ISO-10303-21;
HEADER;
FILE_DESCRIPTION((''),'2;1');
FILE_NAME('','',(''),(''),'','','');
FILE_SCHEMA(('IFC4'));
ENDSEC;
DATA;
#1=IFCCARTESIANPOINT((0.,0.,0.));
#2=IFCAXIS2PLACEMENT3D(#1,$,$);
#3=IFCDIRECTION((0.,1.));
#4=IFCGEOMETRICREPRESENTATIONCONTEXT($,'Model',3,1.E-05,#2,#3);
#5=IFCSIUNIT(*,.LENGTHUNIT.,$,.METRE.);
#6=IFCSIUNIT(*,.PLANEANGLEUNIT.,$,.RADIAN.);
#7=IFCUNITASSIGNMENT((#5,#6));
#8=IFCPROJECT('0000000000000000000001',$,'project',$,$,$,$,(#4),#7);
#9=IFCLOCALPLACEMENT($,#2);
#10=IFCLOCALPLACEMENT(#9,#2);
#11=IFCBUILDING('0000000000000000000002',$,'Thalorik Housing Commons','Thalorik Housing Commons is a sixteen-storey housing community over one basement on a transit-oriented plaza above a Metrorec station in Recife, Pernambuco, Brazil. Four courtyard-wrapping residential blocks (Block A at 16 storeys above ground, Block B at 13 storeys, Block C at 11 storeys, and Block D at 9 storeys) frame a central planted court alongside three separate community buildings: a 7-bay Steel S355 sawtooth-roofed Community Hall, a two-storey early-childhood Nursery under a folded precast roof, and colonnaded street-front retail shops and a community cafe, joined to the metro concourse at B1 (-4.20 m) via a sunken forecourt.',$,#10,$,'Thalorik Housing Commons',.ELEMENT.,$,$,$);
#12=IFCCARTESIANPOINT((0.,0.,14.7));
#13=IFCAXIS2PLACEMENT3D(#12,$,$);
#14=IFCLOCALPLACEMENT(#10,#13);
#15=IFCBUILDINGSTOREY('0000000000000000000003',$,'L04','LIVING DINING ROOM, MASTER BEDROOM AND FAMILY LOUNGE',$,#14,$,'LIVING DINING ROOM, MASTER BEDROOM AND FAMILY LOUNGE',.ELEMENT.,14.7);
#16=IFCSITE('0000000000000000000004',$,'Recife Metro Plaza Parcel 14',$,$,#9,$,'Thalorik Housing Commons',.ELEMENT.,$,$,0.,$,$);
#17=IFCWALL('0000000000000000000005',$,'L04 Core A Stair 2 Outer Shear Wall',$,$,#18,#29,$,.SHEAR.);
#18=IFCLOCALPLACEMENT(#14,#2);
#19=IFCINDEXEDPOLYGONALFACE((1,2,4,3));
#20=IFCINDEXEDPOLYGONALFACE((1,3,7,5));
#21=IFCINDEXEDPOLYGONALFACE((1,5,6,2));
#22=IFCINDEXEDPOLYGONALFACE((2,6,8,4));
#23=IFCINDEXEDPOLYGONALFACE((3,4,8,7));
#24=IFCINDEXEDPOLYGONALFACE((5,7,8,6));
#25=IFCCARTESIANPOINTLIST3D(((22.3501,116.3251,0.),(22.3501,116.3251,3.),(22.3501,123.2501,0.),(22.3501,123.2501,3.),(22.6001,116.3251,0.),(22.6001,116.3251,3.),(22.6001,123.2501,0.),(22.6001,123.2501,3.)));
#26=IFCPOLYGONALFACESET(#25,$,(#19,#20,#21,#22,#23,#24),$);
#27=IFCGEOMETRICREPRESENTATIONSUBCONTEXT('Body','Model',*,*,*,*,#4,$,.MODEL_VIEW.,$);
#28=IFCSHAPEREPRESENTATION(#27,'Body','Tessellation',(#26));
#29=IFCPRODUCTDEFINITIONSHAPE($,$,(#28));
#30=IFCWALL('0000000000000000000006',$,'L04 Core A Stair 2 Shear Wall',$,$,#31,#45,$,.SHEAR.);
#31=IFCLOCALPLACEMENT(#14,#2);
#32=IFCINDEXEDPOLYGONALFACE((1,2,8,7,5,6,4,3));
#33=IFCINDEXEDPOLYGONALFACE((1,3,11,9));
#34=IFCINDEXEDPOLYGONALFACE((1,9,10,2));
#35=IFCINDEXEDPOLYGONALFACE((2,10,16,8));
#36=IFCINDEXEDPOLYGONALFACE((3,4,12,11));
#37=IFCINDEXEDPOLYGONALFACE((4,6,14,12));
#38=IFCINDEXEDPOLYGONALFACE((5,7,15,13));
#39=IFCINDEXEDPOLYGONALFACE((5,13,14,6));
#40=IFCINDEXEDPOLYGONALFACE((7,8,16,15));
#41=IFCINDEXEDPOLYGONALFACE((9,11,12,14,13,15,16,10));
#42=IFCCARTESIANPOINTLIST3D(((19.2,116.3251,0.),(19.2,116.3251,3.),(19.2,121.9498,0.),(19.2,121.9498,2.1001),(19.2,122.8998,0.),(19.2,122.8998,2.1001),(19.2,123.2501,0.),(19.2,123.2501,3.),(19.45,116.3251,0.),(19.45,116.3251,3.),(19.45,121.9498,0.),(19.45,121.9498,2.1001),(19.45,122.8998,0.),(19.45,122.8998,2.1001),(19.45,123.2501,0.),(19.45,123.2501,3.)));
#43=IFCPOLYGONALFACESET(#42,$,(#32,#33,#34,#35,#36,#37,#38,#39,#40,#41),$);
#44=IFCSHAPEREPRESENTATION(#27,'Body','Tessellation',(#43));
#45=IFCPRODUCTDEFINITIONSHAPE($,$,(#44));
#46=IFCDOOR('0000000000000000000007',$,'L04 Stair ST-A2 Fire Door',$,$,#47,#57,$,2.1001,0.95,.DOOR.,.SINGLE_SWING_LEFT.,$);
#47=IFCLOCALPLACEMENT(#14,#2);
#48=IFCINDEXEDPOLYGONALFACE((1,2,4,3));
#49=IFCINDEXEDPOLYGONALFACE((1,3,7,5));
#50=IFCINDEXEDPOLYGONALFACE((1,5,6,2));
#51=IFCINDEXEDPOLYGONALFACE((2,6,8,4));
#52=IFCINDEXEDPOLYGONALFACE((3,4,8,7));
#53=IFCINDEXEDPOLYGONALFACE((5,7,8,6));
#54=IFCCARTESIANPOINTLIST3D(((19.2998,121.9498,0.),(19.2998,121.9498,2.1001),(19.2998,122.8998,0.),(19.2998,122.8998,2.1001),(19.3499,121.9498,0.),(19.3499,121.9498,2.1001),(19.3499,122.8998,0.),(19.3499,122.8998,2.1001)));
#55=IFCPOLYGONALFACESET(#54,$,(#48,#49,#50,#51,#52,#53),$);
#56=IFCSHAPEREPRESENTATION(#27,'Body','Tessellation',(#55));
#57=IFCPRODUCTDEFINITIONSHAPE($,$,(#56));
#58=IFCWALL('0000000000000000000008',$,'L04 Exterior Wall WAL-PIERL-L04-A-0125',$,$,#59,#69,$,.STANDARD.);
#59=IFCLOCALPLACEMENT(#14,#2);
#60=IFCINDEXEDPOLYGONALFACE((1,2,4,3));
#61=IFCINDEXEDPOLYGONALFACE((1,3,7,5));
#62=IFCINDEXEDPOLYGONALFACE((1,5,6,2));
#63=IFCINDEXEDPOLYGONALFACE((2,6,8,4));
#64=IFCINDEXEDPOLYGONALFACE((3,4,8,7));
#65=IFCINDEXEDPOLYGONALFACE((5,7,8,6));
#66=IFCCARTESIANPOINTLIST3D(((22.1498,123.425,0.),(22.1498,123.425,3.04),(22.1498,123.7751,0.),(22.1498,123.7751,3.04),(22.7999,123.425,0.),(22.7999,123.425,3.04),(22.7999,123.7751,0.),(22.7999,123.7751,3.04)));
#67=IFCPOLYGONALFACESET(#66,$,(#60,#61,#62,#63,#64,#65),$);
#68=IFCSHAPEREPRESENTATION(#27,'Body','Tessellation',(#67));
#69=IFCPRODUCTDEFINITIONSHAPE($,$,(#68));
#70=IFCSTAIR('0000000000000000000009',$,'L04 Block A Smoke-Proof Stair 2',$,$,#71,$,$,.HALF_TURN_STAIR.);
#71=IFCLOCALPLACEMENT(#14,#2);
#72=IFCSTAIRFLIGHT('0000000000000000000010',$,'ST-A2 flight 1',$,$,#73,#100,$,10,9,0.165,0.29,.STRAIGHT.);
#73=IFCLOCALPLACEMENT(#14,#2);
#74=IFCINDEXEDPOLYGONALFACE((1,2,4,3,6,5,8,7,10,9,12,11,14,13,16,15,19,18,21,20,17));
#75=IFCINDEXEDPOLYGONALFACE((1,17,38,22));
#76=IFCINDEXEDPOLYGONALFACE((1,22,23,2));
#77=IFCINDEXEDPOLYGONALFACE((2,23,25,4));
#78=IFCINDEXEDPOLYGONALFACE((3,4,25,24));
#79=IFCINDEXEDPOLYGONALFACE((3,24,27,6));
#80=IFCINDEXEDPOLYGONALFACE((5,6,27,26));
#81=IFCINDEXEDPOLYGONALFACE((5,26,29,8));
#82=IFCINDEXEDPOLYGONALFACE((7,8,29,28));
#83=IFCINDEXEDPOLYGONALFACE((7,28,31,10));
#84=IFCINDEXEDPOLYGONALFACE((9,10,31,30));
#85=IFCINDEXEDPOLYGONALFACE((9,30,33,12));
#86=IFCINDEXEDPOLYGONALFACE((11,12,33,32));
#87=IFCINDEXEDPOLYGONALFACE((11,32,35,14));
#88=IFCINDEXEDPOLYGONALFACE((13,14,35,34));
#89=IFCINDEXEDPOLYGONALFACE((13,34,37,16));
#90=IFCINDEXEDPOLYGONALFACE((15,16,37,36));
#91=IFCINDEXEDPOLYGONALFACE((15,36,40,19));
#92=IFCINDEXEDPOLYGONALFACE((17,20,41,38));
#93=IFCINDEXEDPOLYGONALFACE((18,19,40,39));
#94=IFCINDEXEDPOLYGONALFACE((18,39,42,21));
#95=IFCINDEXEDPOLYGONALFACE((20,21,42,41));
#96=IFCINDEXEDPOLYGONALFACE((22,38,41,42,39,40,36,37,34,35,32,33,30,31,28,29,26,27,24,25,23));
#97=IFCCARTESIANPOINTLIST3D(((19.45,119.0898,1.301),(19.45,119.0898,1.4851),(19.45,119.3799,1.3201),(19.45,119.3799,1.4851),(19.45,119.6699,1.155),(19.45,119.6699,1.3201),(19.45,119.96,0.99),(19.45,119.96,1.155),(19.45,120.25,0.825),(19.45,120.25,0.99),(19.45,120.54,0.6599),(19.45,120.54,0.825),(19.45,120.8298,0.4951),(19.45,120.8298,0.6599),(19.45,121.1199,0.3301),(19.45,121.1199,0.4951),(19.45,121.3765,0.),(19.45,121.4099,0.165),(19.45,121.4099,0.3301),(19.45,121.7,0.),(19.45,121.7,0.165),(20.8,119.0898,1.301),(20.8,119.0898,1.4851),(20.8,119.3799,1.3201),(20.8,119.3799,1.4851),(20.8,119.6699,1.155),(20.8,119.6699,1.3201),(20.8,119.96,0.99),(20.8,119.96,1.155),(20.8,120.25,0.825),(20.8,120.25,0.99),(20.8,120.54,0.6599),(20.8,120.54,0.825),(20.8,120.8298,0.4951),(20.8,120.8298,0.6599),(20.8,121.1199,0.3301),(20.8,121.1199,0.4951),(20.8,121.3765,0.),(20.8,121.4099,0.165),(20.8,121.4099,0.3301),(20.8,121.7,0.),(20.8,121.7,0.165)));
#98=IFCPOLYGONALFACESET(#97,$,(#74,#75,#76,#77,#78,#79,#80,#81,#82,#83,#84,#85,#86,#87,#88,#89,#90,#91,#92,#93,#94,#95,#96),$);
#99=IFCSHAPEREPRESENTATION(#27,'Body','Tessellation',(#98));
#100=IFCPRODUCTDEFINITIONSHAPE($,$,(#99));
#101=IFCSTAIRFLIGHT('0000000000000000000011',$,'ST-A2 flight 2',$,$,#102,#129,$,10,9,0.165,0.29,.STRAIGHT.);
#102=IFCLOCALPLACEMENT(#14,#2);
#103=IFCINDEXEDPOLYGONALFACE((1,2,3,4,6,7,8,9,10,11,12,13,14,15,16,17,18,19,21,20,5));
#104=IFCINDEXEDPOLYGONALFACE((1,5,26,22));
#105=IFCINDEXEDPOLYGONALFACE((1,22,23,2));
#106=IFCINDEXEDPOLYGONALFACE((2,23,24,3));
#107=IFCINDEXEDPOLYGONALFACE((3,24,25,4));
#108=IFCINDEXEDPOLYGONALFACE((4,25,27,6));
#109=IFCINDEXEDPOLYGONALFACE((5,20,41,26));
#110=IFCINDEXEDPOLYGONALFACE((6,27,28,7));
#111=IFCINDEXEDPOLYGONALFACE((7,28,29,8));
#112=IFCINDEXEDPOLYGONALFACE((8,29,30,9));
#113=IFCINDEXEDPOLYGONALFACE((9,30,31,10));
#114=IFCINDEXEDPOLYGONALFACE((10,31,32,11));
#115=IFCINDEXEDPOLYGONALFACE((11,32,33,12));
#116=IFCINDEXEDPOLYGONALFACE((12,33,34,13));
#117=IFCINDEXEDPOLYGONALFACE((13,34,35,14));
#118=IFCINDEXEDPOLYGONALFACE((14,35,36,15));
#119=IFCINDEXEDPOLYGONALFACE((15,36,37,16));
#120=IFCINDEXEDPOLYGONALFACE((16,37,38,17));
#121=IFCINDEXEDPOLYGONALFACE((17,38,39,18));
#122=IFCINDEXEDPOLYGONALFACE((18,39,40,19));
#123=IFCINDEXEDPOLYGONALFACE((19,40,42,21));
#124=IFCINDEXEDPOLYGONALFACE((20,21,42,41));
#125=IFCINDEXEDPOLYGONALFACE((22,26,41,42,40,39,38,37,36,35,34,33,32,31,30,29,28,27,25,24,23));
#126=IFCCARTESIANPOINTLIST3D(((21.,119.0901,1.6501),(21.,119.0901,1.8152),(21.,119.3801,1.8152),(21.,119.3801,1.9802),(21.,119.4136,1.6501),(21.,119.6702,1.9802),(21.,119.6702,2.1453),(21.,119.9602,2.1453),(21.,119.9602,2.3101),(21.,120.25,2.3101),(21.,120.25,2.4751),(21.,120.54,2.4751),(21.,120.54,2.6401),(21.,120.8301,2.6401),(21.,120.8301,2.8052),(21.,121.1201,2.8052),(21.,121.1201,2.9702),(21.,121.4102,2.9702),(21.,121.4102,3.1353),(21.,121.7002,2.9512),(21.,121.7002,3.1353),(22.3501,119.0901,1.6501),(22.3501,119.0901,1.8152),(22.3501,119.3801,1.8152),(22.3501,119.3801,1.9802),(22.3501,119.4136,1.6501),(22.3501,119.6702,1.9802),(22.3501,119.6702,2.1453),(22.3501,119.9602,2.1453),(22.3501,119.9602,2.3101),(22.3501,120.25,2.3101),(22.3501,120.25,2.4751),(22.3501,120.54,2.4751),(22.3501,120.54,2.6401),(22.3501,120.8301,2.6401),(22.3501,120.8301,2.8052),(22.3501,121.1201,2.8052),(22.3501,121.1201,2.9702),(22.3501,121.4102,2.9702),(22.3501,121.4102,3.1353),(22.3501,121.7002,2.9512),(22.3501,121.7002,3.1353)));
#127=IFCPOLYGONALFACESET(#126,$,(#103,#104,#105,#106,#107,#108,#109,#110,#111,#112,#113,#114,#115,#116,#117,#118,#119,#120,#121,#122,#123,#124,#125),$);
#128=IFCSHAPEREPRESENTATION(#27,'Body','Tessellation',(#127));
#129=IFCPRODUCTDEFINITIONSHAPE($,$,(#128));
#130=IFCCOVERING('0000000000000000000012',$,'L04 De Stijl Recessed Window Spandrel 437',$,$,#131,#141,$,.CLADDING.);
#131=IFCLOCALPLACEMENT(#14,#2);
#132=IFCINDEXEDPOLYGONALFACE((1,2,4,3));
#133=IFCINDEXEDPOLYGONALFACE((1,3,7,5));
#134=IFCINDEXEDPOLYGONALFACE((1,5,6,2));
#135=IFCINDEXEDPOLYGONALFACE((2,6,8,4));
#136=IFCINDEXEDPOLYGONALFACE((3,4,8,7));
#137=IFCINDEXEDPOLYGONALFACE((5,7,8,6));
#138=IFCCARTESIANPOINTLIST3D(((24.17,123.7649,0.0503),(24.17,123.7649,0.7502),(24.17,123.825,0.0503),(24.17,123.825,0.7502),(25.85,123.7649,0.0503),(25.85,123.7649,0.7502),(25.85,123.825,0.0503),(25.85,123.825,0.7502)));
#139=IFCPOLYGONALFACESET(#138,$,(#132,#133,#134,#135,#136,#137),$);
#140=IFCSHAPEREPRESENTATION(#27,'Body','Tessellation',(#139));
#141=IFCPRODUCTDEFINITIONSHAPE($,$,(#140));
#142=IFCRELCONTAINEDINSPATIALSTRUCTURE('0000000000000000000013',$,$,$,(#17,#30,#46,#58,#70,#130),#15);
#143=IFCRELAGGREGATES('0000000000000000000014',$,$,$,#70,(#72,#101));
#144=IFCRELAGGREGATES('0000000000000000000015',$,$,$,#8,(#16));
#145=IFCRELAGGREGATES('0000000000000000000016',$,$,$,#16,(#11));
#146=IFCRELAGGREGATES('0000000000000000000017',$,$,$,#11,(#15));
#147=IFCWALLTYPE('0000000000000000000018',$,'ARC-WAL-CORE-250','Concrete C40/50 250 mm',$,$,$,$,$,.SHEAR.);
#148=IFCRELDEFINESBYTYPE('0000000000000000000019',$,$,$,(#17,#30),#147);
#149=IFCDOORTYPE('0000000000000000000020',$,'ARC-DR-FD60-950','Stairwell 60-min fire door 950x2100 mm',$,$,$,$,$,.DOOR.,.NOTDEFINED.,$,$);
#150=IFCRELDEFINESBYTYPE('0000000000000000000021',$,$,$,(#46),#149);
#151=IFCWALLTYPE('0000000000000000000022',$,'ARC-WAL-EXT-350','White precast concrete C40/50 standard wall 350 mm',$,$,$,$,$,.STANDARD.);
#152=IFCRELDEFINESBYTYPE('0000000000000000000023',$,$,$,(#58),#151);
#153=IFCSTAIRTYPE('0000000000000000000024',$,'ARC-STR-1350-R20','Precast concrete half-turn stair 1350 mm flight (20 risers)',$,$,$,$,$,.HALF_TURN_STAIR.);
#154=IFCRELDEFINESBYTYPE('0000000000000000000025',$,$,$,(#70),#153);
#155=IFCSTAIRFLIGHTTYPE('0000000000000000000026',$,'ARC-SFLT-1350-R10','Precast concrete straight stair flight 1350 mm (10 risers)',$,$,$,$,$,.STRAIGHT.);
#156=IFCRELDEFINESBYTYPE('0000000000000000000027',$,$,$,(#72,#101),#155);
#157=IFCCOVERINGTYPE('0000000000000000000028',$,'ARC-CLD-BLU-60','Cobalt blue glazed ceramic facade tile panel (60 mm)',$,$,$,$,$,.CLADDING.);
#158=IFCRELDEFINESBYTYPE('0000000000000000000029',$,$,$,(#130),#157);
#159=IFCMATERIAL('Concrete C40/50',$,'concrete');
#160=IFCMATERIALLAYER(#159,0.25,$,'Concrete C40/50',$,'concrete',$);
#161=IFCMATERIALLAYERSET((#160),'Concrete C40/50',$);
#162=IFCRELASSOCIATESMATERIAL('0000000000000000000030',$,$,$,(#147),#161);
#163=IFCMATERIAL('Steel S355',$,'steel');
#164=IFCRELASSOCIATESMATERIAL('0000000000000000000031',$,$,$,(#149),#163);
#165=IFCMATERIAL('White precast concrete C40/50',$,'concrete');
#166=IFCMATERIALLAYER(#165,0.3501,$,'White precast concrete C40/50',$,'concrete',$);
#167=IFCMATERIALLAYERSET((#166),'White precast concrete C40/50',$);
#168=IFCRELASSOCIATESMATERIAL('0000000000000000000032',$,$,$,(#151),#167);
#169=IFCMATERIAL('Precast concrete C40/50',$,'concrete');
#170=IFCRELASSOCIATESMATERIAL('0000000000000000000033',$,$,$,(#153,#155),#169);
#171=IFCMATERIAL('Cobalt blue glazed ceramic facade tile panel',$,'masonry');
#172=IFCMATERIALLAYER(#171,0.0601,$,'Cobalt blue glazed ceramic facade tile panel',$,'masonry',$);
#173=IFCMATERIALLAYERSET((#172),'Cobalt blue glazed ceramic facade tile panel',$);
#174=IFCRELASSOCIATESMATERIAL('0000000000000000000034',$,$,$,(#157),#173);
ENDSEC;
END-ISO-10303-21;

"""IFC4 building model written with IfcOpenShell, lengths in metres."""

from ifc_helpers import new_model, si_unit, direction, frame, frame_2d, origin, origin_2d, place, context, subcontext, project, spatial, polyline, rectangle, outline, extrude, material, layer, layer_set, type_object, element, fill, aggregate, save


model = new_model("IFC4")

# Units and contexts
model_context = context("Model", 3, precision=1e-05, world=origin(), true_north=direction((0.0, 1.0)))
body_context = subcontext(model_context, "Body", "Model", "MODEL_VIEW")
ifc_project = project(units=[si_unit("LENGTHUNIT", "METRE"), si_unit("PLANEANGLEUNIT", "RADIAN")], contexts=[model_context])

# Site, building, storey
site_placement = place(None, origin())
site = spatial("IfcSite", under=ifc_project, at=site_placement, Name="Recife Metro Plaza Parcel 14", LongName="Thalorik Housing Commons", CompositionType="ELEMENT", RefElevation=0.0)
building_placement = place(site_placement, origin())
building = spatial("IfcBuilding", under=site, at=building_placement, Name="Thalorik Housing Commons", Description="Thalorik Housing Commons is a sixteen-storey housing community over one basement on a transit-oriented plaza above a Metrorec station in Recife, Pernambuco, Brazil. Four courtyard-wrapping residential blocks (Block A at 16 storeys above ground, Block B at 13 storeys, Block C at 11 storeys, and Block D at 9 storeys) frame a central planted court alongside three separate community buildings: a 7-bay Steel S355 sawtooth-roofed Community Hall, a two-storey early-childhood Nursery under a folded precast roof, and colonnaded street-front retail shops and a community cafe, joined to the metro concourse at B1 (-4.20 m) via a sunken forecourt.", LongName="Thalorik Housing Commons", CompositionType="ELEMENT")
storey_placement = place(building_placement, frame((0.0, 0.0, 14.7)))
storey = spatial("IfcBuildingStorey", under=building, at=storey_placement, Name="L04", Description="LIVING DINING ROOM, MASTER BEDROOM AND FAMILY LOUNGE", LongName="LIVING DINING ROOM, MASTER BEDROOM AND FAMILY LOUNGE", CompositionType="ELEMENT", Elevation=14.7)

# Shared definitions
ifc_material_1 = material(Name="Precast concrete C40/50", Category="concrete")

# Wall
ifc_material_2 = material(Name="Concrete C40/50", Category="concrete")
ifc_layer_1 = layer(ifc_material_2, 0.25, Name="Concrete C40/50", Category="concrete")
ifc_layer_set_1 = layer_set([ifc_layer_1], Name="Concrete C40/50")
wall_type_1 = type_object("IfcWallType", Name="ARC-WAL-CORE-250", Description="Concrete C40/50 250 mm", PredefinedType="SHEAR", material=ifc_layer_set_1)
wall_1_placement = place(storey_placement, frame((22.4751, 123.25, 0.0), z_axis=(0.0, 0.0, 1.0), x_axis=(0.0, -1.0, 0.0)))
element("IfcWall", 1, at=wall_1_placement, inside=storey, type_object=wall_type_1, Name="L04 Core A Stair 2 Outer Shear Wall", PredefinedType="SHEAR", context=body_context, shape_type="SweptSolid", body=[
    extrude(rectangle(XDim=6.925, YDim=0.25, at=frame_2d((3.4624, 0.0))), origin(), (0.0, 0.0, 1.0), 3.0),
])

# Wall, opening, door
wall_2_placement = place(storey_placement, frame((19.325, 123.25, 0.0), z_axis=(0.0, 0.0, 1.0), x_axis=(0.0, -1.0, 0.0)))
wall_2 = element("IfcWall", 2, at=wall_2_placement, inside=storey, type_object=wall_type_1, Name="L04 Core A Stair 2 Shear Wall", PredefinedType="SHEAR", context=body_context, shape_type="SweptSolid", body=[
    extrude(rectangle(XDim=6.925, YDim=0.25, at=frame_2d((3.4624, 0.0))), origin(), (0.0, 0.0, 1.0), 3.0),
])
opening_1_placement = place(wall_2_placement, frame((0.3501, 0.0, 0.0)))
opening_1 = element("IfcOpeningElement", 3, at=opening_1_placement, cuts=wall_2, PredefinedType="OPENING", context=body_context, shape_type="SweptSolid", body=[
    extrude(rectangle(XDim=0.95, YDim=2.1001, at=frame_2d((0.4751, 1.05))), frame((0.0, 0.135, 0.0), z_axis=(0.0, -1.0, 0.0), x_axis=(1.0, 0.0, 0.0)), (0.0, 0.0, 1.0), 0.27),
])
ifc_material_3 = material(Name="Steel S355", Category="steel")
door_type_1 = type_object("IfcDoorType", Name="ARC-DR-FD60-950", Description="Stairwell 60-min fire door 950x2100 mm", OperationType="NOTDEFINED", PredefinedType="DOOR", material=ifc_material_3)
door_1_placement = place(opening_1_placement, origin())
door_1 = element("IfcDoor", 4, at=door_1_placement, inside=storey, type_object=door_type_1, Name="L04 Stair ST-A2 Fire Door", OperationType="SINGLE_SWING_LEFT", OverallHeight=2.1001, OverallWidth=0.95, PredefinedType="DOOR", context=body_context, shape_type="SweptSolid", body=[
    extrude(rectangle(XDim=0.95, YDim=2.1001, at=frame_2d((0.4751, 1.05))), frame((0.0, 0.0249, 0.0), z_axis=(0.0, -1.0, 0.0), x_axis=(1.0, 0.0, 0.0)), (0.0, 0.0, 1.0), 0.05),
])
fill(opening_1, door_1)

# Shared definitions
ifc_material_4 = material(Name="White precast concrete C40/50", Category="concrete")
ifc_layer_2 = layer(ifc_material_4, 0.3501, Name="White precast concrete C40/50", Category="concrete")
ifc_layer_set_2 = layer_set([ifc_layer_2], Name="White precast concrete C40/50")
wall_type_2 = type_object("IfcWallType", Name="ARC-WAL-EXT-350", Description="White precast concrete C40/50 standard wall 350 mm", PredefinedType="STANDARD", material=ifc_layer_set_2)

# Wall
wall_3_placement = place(storey_placement, frame((22.8, 123.6001, 0.0), z_axis=(0.0, 0.0, 1.0), x_axis=(-1.0, 0.0, 0.0)))
element("IfcWall", 5, at=wall_3_placement, inside=storey, type_object=wall_type_2, Name="L04 Exterior Wall WAL-PIERL-L04-A-0125", PredefinedType="STANDARD", context=body_context, shape_type="SweptSolid", body=[
    extrude(rectangle(XDim=0.6501, YDim=0.3501, at=frame_2d((0.3252, 0.0))), origin(), (0.0, 0.0, 1.0), 3.04),
])

# Stair, stair flights
stair_type = type_object("IfcStairType", Name="ARC-STR-1350-R20", Description="Precast concrete half-turn stair 1350 mm flight (20 risers)", PredefinedType="HALF_TURN_STAIR", material=ifc_material_1)
stair_placement = place(storey_placement, origin())
stair = element("IfcStair", 6, at=stair_placement, inside=storey, type_object=stair_type, Name="L04 Block A Smoke-Proof Stair 2", PredefinedType="HALF_TURN_STAIR")
stair_flight_type = type_object("IfcStairFlightType", Name="ARC-SFLT-1350-R10", Description="Precast concrete straight stair flight 1350 mm (10 risers)", PredefinedType="STRAIGHT", material=ifc_material_1)
stair_flight_1_placement = place(storey_placement, frame((20.125, 121.7, 0.0), z_axis=(0.0, 0.0, 1.0), x_axis=(0.0, -1.0, 0.0)))
stair_flight_1 = element("IfcStairFlight", 7, at=stair_flight_1_placement, type_object=stair_flight_type, Name="ST-A2 flight 1", NumberOfRisers=10, NumberOfTreads=9, PredefinedType="STRAIGHT", RiserHeight=0.165, TreadLength=0.29, context=body_context, shape_type="SweptSolid", body=[
    extrude(outline(polyline([(0.0, 0.0), (0.0, 0.165), (0.29, 0.165), (0.29, 0.3301), (0.5801, 0.3301), (0.5801, 0.4951), (0.8701, 0.4951), (0.8701, 0.6599), (1.1599, 0.6599), (1.1599, 0.825), (1.45, 0.825), (1.45, 0.99), (1.74, 0.99), (1.74, 1.155), (2.03, 1.155), (2.03, 1.3201), (2.3201, 1.3201), (2.3201, 1.4851), (2.6101, 1.4851), (2.6101, 1.6499), (2.6101, 1.301), (0.3235, 0.0), (0.0, 0.0)])), frame((0.0, 0.675, 0.0), z_axis=(0.0, -1.0, 0.0), x_axis=(1.0, 0.0, 0.0)), (0.0, 0.0, 1.0), 1.3501),
])
stair_flight_2_placement = place(storey_placement, frame((21.675, 119.0901, 1.6501), z_axis=(0.0, 0.0, 1.0), x_axis=(0.0, 1.0, 0.0)))
stair_flight_2 = element("IfcStairFlight", 8, at=stair_flight_2_placement, type_object=stair_flight_type, Name="ST-A2 flight 2", NumberOfRisers=10, NumberOfTreads=9, PredefinedType="STRAIGHT", RiserHeight=0.165, TreadLength=0.29, context=body_context, shape_type="SweptSolid", body=[
    extrude(outline(polyline([(0.0, 0.0), (0.0, 0.165), (0.29, 0.165), (0.29, 0.3301), (0.5801, 0.3301), (0.5801, 0.4951), (0.8701, 0.4951), (0.8701, 0.6599), (1.1599, 0.6599), (1.1599, 0.825), (1.45, 0.825), (1.45, 0.99), (1.74, 0.99), (1.74, 1.155), (2.03, 1.155), (2.03, 1.3201), (2.3201, 1.3201), (2.3201, 1.4851), (2.6101, 1.4851), (2.6101, 1.6499), (2.6101, 1.301), (0.3235, 0.0), (0.0, 0.0)])), frame((0.0, 0.675, 0.0), z_axis=(0.0, -1.0, 0.0), x_axis=(1.0, 0.0, 0.0)), (0.0, 0.0, 1.0), 1.3501),
])
aggregate(stair, [stair_flight_1, stair_flight_2])

# Covering
ifc_material_5 = material(Name="Cobalt blue glazed ceramic facade tile panel", Category="masonry")
ifc_layer_3 = layer(ifc_material_5, 0.0601, Name="Cobalt blue glazed ceramic facade tile panel", Category="masonry")
ifc_layer_set_3 = layer_set([ifc_layer_3], Name="Cobalt blue glazed ceramic facade tile panel")
covering_type_1 = type_object("IfcCoveringType", Name="ARC-CLD-BLU-60", Description="Cobalt blue glazed ceramic facade tile panel (60 mm)", PredefinedType="CLADDING", material=ifc_layer_set_3)
covering_1_placement = place(storey_placement, frame((25.01, 123.7949, 0.0503), z_axis=(0.0, 0.0, 1.0), x_axis=(-1.0, 0.0, 0.0)))
element("IfcCovering", 9, at=covering_1_placement, inside=storey, type_object=covering_type_1, Name="L04 De Stijl Recessed Window Spandrel 437", PredefinedType="CLADDING", context=body_context, shape_type="SweptSolid", body=[
    extrude(rectangle(XDim=1.6799, YDim=0.0601, at=origin_2d()), origin(), (0.0, 0.0, 1.0), 0.7),
])

save(model, "model.ifc")
